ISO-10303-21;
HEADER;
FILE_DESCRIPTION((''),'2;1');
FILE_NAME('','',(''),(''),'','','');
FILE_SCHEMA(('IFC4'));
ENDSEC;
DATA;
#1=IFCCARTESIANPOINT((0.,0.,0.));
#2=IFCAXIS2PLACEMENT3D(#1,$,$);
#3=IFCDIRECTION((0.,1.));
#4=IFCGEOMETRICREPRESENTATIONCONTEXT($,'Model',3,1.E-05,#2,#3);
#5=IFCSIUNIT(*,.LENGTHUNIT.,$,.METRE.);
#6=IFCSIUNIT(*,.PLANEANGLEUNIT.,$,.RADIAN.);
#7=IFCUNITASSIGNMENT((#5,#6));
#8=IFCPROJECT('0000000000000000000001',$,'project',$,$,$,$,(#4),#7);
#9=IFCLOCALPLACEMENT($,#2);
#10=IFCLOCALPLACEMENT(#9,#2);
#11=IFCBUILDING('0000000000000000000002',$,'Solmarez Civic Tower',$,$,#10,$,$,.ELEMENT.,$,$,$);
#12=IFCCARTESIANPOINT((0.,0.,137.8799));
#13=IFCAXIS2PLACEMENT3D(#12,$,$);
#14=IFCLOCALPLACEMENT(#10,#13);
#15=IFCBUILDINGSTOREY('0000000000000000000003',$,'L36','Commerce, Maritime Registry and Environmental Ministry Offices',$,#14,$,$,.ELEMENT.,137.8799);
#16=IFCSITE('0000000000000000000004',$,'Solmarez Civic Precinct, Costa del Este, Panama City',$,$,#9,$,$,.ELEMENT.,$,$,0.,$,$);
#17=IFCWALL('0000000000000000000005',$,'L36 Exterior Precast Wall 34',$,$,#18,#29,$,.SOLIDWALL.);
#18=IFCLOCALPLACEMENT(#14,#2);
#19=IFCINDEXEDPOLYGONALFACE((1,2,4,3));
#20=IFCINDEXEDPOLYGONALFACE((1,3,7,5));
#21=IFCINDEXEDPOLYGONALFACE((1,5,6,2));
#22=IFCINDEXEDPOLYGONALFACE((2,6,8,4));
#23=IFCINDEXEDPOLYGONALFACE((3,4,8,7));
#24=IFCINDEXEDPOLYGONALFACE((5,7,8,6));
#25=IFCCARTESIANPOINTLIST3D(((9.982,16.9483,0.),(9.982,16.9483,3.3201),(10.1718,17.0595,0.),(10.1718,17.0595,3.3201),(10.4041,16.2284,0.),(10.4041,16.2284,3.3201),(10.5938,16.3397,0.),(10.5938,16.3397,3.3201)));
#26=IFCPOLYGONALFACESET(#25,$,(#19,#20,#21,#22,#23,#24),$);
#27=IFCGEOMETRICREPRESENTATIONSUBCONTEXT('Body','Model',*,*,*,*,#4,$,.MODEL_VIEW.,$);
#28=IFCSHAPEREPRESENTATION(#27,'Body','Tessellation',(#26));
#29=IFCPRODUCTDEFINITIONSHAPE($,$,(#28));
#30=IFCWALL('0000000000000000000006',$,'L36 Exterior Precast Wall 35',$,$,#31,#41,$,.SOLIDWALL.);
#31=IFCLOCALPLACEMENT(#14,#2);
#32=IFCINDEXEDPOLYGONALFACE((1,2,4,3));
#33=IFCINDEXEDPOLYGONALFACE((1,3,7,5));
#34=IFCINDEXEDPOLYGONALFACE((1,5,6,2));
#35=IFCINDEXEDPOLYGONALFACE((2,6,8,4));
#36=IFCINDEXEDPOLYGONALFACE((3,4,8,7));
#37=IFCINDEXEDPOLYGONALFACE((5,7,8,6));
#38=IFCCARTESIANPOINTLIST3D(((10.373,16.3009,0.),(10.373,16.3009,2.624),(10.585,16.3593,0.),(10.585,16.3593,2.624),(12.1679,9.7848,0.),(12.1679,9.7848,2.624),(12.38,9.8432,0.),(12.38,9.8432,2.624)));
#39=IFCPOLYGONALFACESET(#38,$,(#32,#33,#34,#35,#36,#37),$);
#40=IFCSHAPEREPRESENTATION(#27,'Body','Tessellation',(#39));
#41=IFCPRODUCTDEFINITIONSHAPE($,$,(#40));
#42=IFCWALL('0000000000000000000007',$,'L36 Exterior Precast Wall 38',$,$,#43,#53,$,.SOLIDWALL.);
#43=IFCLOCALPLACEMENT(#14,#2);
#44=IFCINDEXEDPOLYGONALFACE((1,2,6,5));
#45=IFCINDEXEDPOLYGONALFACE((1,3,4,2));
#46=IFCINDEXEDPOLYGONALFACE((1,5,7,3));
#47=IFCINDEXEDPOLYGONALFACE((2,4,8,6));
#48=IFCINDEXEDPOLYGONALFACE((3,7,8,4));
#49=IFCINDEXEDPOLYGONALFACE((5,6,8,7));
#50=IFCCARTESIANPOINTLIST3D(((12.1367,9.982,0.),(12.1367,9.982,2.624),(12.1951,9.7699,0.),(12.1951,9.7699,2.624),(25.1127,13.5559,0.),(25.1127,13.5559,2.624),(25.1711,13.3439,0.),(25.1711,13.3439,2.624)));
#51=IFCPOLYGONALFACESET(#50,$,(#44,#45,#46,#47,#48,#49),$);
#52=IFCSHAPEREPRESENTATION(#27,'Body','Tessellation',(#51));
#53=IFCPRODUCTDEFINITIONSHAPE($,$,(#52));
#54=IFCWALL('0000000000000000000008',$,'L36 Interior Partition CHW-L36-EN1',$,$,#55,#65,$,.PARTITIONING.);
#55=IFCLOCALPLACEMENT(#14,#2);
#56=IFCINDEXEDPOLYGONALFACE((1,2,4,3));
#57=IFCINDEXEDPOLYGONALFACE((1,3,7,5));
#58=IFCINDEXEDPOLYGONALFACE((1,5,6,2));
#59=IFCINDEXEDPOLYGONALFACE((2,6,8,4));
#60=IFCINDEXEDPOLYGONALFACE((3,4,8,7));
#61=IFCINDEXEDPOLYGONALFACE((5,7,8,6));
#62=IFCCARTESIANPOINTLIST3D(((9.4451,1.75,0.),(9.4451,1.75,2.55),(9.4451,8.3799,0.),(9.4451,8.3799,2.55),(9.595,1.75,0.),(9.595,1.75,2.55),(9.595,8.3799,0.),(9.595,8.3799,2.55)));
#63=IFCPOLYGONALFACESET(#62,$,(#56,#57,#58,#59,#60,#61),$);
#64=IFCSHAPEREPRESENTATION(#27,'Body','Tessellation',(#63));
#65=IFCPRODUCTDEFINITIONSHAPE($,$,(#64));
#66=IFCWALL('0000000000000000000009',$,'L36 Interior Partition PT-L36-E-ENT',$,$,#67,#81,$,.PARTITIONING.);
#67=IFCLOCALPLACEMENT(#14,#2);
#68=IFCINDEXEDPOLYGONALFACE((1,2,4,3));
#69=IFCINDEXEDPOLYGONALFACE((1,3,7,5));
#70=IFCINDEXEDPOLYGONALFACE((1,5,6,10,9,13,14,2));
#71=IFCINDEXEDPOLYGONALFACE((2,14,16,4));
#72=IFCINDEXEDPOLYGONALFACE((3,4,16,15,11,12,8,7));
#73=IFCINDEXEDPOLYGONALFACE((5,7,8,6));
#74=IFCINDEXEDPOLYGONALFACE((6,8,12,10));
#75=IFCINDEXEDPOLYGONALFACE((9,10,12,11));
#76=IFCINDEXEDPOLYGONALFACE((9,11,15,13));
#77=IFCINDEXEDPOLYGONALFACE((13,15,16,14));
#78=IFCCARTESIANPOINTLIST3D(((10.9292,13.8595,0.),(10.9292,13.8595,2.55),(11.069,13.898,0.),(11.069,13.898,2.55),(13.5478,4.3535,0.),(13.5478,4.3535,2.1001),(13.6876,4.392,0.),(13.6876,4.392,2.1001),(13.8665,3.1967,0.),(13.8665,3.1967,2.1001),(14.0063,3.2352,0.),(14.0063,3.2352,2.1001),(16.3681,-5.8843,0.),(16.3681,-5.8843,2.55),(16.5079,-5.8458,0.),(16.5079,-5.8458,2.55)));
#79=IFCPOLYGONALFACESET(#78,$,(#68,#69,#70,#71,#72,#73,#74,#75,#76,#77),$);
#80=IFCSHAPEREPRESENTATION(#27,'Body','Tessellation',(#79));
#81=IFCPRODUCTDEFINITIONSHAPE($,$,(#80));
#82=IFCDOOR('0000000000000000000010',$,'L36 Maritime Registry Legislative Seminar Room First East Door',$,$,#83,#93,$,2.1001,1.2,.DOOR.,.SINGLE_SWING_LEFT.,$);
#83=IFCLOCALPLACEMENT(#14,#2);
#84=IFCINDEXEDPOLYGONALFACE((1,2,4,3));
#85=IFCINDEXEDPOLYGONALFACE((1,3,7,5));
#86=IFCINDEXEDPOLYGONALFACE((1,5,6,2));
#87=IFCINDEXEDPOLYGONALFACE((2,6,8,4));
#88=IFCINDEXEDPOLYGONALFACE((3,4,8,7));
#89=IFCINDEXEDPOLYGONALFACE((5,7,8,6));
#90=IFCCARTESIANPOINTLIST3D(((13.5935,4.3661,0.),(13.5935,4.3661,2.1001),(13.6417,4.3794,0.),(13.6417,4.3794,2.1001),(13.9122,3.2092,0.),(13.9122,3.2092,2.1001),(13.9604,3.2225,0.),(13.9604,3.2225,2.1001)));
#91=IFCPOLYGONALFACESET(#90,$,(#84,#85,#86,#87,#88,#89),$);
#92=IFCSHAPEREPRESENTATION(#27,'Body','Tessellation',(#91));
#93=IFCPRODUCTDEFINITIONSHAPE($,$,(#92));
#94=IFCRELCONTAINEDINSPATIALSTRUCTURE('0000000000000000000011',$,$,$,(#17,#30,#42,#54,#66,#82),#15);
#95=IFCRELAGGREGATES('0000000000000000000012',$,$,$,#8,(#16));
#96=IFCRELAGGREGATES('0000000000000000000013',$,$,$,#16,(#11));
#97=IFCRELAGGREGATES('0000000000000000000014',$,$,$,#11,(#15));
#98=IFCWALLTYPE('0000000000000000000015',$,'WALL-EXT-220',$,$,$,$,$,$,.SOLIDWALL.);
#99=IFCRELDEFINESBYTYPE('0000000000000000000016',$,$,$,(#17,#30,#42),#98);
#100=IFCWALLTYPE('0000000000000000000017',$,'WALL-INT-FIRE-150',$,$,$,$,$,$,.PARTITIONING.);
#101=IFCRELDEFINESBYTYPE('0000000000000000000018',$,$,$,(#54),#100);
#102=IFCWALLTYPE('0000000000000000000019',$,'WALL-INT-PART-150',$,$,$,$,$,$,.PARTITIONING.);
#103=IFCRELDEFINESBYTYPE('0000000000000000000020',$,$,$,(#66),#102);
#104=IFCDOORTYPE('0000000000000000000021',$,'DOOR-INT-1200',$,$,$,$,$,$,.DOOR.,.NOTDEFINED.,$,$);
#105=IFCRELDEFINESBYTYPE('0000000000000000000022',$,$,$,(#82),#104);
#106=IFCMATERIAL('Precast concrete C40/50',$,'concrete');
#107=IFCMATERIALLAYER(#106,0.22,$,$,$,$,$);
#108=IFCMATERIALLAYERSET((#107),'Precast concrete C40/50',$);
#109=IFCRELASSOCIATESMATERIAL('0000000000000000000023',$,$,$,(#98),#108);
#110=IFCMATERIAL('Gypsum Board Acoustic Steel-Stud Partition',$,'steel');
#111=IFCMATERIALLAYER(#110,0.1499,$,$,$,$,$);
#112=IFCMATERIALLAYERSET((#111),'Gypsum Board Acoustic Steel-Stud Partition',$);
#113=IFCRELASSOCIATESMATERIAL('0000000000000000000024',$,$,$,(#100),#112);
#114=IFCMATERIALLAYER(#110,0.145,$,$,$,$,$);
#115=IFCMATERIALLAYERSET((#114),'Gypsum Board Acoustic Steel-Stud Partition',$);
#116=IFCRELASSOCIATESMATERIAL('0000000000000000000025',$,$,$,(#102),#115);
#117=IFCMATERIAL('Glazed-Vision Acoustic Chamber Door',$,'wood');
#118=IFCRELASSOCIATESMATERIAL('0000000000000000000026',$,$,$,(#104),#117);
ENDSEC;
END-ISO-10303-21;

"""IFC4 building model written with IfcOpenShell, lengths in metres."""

from ifc_helpers import new_model, si_unit, direction, frame, frame_2d, origin, place, context, subcontext, project, spatial, rectangle, extrude, material, layer, layer_set, type_object, element, fill, save


model = new_model("IFC4")

# Units and contexts
model_context = context("Model", 3, precision=1e-05, world=origin(), true_north=direction((0.0, 1.0)))
body_context = subcontext(model_context, "Body", "Model", "MODEL_VIEW")
ifc_project = project(units=[si_unit("LENGTHUNIT", "METRE"), si_unit("PLANEANGLEUNIT", "RADIAN")], contexts=[model_context])

# Site, building, storey
site_placement = place(None, origin())
site = spatial("IfcSite", under=ifc_project, at=site_placement, Name="Solmarez Civic Precinct, Costa del Este, Panama City", CompositionType="ELEMENT", RefElevation=0.0)
building_placement = place(site_placement, origin())
building = spatial("IfcBuilding", under=site, at=building_placement, Name="Solmarez Civic Tower", CompositionType="ELEMENT")
storey_placement = place(building_placement, frame((0.0, 0.0, 137.8799)))
storey = spatial("IfcBuildingStorey", under=building, at=storey_placement, Name="L36", Description="Commerce, Maritime Registry and Environmental Ministry Offices", CompositionType="ELEMENT", Elevation=137.8799)

# Walls
ifc_material_1 = material(Name="Precast concrete C40/50", Category="concrete")
ifc_layer_1 = layer(ifc_material_1, 0.22)
ifc_layer_set_1 = layer_set([ifc_layer_1], Name="Precast concrete C40/50")
wall_type_1 = type_object("IfcWallType", Name="WALL-EXT-220", PredefinedType="SOLIDWALL", material=ifc_layer_set_1)
wall_1_placement = place(storey_placement, frame((10.0769, 17.0039, 0.0), z_axis=(0.0, 0.0, 1.0), x_axis=(0.50578, -0.862663, 0.0)))
element("IfcWall", 1, at=wall_1_placement, inside=storey, type_object=wall_type_1, Name="L36 Exterior Precast Wall 34", PredefinedType="SOLIDWALL", context=body_context, shape_type="SweptSolid", body=[
    extrude(rectangle(XDim=0.8345, YDim=0.22, at=frame_2d((0.4172, 0.0))), origin(), (0.0, 0.0, 1.0), 3.3201),
])
wall_2_placement = place(storey_placement, frame((10.479, 16.3301, 0.0), z_axis=(0.0, 0.0, 1.0), x_axis=(0.265568, -0.964092, 0.0)))
element("IfcWall", 2, at=wall_2_placement, inside=storey, type_object=wall_type_1, Name="L36 Exterior Precast Wall 35", PredefinedType="SOLIDWALL", context=body_context, shape_type="SweptSolid", body=[
    extrude(rectangle(XDim=6.7588, YDim=0.22, at=frame_2d((3.3794, 0.0))), origin(), (0.0, 0.0, 1.0), 2.624),
])
wall_3_placement = place(storey_placement, frame((12.166, 9.876, 0.0), z_axis=(0.0, 0.0, 1.0), x_axis=(0.9641, 0.26554, 0.0)))
element("IfcWall", 3, at=wall_3_placement, inside=storey, type_object=wall_type_1, Name="L36 Exterior Precast Wall 38", PredefinedType="SOLIDWALL", context=body_context, shape_type="SweptSolid", body=[
    extrude(rectangle(XDim=13.4592, YDim=0.22, at=frame_2d((6.7295, 0.0))), origin(), (0.0, 0.0, 1.0), 2.624),
])
ifc_material_2 = material(Name="Gypsum Board Acoustic Steel-Stud Partition", Category="steel")
ifc_layer_2 = layer(ifc_material_2, 0.1499)
ifc_layer_set_2 = layer_set([ifc_layer_2], Name="Gypsum Board Acoustic Steel-Stud Partition")
wall_type_2 = type_object("IfcWallType", Name="WALL-INT-FIRE-150", PredefinedType="PARTITIONING", material=ifc_layer_set_2)
wall_4_placement = place(storey_placement, frame((9.52, 1.75, 0.0), z_axis=(0.0, 0.0, 1.0), x_axis=(0.0, 1.0, 0.0)))
element("IfcWall", 4, at=wall_4_placement, inside=storey, type_object=wall_type_2, Name="L36 Interior Partition CHW-L36-EN1", PredefinedType="PARTITIONING", context=body_context, shape_type="SweptSolid", body=[
    extrude(rectangle(XDim=6.6299, YDim=0.1499, at=frame_2d((3.3149, 0.0))), origin(), (0.0, 0.0, 1.0), 2.55),
])

# Wall, opening, door
ifc_layer_3 = layer(ifc_material_2, 0.145)
ifc_layer_set_3 = layer_set([ifc_layer_3], Name="Gypsum Board Acoustic Steel-Stud Partition")
wall_type_3 = type_object("IfcWallType", Name="WALL-INT-PART-150", PredefinedType="PARTITIONING", material=ifc_layer_set_3)
wall_5_placement = place(storey_placement, frame((10.999, 13.8789, 0.0), z_axis=(0.0, 0.0, 1.0), x_axis=(0.265583, -0.964088, 0.0)))
wall_5 = element("IfcWall", 5, at=wall_5_placement, inside=storey, type_object=wall_type_3, Name="L36 Interior Partition PT-L36-E-ENT", PredefinedType="PARTITIONING", context=body_context, shape_type="SweptSolid", body=[
    extrude(rectangle(XDim=20.4792, YDim=0.145, at=frame_2d((10.2397, 0.0))), origin(), (0.0, 0.0, 1.0), 2.55),
])
opening_placement = place(wall_5_placement, frame((9.8601, 0.0, 0.0)))
opening = element("IfcOpeningElement", 6, at=opening_placement, cuts=wall_5, PredefinedType="OPENING", context=body_context, shape_type="SweptSolid", body=[
    extrude(rectangle(XDim=1.2, YDim=2.1001, at=frame_2d((0.6001, 1.05))), frame((0.0, 0.0825, 0.0), z_axis=(0.0, -1.0, 0.0), x_axis=(1.0, 0.0, 0.0)), (0.0, 0.0, 1.0), 0.165),
])
ifc_material_3 = material(Name="Glazed-Vision Acoustic Chamber Door", Category="wood")
door_type = type_object("IfcDoorType", Name="DOOR-INT-1200", OperationType="NOTDEFINED", PredefinedType="DOOR", material=ifc_material_3)
door_placement = place(opening_placement, origin())
door = element("IfcDoor", 7, at=door_placement, inside=storey, type_object=door_type, Name="L36 Maritime Registry Legislative Seminar Room First East Door", OperationType="SINGLE_SWING_LEFT", OverallHeight=2.1001, OverallWidth=1.2, PredefinedType="DOOR", context=body_context, shape_type="SweptSolid", body=[
    extrude(rectangle(XDim=1.2, YDim=2.1001, at=frame_2d((0.6001, 1.05))), frame((0.0, 0.0249, 0.0), z_axis=(0.0, -1.0, 0.0), x_axis=(1.0, 0.0, 0.0)), (0.0, 0.0, 1.0), 0.05),
])
fill(opening, door)

save(model, "model.ifc")
